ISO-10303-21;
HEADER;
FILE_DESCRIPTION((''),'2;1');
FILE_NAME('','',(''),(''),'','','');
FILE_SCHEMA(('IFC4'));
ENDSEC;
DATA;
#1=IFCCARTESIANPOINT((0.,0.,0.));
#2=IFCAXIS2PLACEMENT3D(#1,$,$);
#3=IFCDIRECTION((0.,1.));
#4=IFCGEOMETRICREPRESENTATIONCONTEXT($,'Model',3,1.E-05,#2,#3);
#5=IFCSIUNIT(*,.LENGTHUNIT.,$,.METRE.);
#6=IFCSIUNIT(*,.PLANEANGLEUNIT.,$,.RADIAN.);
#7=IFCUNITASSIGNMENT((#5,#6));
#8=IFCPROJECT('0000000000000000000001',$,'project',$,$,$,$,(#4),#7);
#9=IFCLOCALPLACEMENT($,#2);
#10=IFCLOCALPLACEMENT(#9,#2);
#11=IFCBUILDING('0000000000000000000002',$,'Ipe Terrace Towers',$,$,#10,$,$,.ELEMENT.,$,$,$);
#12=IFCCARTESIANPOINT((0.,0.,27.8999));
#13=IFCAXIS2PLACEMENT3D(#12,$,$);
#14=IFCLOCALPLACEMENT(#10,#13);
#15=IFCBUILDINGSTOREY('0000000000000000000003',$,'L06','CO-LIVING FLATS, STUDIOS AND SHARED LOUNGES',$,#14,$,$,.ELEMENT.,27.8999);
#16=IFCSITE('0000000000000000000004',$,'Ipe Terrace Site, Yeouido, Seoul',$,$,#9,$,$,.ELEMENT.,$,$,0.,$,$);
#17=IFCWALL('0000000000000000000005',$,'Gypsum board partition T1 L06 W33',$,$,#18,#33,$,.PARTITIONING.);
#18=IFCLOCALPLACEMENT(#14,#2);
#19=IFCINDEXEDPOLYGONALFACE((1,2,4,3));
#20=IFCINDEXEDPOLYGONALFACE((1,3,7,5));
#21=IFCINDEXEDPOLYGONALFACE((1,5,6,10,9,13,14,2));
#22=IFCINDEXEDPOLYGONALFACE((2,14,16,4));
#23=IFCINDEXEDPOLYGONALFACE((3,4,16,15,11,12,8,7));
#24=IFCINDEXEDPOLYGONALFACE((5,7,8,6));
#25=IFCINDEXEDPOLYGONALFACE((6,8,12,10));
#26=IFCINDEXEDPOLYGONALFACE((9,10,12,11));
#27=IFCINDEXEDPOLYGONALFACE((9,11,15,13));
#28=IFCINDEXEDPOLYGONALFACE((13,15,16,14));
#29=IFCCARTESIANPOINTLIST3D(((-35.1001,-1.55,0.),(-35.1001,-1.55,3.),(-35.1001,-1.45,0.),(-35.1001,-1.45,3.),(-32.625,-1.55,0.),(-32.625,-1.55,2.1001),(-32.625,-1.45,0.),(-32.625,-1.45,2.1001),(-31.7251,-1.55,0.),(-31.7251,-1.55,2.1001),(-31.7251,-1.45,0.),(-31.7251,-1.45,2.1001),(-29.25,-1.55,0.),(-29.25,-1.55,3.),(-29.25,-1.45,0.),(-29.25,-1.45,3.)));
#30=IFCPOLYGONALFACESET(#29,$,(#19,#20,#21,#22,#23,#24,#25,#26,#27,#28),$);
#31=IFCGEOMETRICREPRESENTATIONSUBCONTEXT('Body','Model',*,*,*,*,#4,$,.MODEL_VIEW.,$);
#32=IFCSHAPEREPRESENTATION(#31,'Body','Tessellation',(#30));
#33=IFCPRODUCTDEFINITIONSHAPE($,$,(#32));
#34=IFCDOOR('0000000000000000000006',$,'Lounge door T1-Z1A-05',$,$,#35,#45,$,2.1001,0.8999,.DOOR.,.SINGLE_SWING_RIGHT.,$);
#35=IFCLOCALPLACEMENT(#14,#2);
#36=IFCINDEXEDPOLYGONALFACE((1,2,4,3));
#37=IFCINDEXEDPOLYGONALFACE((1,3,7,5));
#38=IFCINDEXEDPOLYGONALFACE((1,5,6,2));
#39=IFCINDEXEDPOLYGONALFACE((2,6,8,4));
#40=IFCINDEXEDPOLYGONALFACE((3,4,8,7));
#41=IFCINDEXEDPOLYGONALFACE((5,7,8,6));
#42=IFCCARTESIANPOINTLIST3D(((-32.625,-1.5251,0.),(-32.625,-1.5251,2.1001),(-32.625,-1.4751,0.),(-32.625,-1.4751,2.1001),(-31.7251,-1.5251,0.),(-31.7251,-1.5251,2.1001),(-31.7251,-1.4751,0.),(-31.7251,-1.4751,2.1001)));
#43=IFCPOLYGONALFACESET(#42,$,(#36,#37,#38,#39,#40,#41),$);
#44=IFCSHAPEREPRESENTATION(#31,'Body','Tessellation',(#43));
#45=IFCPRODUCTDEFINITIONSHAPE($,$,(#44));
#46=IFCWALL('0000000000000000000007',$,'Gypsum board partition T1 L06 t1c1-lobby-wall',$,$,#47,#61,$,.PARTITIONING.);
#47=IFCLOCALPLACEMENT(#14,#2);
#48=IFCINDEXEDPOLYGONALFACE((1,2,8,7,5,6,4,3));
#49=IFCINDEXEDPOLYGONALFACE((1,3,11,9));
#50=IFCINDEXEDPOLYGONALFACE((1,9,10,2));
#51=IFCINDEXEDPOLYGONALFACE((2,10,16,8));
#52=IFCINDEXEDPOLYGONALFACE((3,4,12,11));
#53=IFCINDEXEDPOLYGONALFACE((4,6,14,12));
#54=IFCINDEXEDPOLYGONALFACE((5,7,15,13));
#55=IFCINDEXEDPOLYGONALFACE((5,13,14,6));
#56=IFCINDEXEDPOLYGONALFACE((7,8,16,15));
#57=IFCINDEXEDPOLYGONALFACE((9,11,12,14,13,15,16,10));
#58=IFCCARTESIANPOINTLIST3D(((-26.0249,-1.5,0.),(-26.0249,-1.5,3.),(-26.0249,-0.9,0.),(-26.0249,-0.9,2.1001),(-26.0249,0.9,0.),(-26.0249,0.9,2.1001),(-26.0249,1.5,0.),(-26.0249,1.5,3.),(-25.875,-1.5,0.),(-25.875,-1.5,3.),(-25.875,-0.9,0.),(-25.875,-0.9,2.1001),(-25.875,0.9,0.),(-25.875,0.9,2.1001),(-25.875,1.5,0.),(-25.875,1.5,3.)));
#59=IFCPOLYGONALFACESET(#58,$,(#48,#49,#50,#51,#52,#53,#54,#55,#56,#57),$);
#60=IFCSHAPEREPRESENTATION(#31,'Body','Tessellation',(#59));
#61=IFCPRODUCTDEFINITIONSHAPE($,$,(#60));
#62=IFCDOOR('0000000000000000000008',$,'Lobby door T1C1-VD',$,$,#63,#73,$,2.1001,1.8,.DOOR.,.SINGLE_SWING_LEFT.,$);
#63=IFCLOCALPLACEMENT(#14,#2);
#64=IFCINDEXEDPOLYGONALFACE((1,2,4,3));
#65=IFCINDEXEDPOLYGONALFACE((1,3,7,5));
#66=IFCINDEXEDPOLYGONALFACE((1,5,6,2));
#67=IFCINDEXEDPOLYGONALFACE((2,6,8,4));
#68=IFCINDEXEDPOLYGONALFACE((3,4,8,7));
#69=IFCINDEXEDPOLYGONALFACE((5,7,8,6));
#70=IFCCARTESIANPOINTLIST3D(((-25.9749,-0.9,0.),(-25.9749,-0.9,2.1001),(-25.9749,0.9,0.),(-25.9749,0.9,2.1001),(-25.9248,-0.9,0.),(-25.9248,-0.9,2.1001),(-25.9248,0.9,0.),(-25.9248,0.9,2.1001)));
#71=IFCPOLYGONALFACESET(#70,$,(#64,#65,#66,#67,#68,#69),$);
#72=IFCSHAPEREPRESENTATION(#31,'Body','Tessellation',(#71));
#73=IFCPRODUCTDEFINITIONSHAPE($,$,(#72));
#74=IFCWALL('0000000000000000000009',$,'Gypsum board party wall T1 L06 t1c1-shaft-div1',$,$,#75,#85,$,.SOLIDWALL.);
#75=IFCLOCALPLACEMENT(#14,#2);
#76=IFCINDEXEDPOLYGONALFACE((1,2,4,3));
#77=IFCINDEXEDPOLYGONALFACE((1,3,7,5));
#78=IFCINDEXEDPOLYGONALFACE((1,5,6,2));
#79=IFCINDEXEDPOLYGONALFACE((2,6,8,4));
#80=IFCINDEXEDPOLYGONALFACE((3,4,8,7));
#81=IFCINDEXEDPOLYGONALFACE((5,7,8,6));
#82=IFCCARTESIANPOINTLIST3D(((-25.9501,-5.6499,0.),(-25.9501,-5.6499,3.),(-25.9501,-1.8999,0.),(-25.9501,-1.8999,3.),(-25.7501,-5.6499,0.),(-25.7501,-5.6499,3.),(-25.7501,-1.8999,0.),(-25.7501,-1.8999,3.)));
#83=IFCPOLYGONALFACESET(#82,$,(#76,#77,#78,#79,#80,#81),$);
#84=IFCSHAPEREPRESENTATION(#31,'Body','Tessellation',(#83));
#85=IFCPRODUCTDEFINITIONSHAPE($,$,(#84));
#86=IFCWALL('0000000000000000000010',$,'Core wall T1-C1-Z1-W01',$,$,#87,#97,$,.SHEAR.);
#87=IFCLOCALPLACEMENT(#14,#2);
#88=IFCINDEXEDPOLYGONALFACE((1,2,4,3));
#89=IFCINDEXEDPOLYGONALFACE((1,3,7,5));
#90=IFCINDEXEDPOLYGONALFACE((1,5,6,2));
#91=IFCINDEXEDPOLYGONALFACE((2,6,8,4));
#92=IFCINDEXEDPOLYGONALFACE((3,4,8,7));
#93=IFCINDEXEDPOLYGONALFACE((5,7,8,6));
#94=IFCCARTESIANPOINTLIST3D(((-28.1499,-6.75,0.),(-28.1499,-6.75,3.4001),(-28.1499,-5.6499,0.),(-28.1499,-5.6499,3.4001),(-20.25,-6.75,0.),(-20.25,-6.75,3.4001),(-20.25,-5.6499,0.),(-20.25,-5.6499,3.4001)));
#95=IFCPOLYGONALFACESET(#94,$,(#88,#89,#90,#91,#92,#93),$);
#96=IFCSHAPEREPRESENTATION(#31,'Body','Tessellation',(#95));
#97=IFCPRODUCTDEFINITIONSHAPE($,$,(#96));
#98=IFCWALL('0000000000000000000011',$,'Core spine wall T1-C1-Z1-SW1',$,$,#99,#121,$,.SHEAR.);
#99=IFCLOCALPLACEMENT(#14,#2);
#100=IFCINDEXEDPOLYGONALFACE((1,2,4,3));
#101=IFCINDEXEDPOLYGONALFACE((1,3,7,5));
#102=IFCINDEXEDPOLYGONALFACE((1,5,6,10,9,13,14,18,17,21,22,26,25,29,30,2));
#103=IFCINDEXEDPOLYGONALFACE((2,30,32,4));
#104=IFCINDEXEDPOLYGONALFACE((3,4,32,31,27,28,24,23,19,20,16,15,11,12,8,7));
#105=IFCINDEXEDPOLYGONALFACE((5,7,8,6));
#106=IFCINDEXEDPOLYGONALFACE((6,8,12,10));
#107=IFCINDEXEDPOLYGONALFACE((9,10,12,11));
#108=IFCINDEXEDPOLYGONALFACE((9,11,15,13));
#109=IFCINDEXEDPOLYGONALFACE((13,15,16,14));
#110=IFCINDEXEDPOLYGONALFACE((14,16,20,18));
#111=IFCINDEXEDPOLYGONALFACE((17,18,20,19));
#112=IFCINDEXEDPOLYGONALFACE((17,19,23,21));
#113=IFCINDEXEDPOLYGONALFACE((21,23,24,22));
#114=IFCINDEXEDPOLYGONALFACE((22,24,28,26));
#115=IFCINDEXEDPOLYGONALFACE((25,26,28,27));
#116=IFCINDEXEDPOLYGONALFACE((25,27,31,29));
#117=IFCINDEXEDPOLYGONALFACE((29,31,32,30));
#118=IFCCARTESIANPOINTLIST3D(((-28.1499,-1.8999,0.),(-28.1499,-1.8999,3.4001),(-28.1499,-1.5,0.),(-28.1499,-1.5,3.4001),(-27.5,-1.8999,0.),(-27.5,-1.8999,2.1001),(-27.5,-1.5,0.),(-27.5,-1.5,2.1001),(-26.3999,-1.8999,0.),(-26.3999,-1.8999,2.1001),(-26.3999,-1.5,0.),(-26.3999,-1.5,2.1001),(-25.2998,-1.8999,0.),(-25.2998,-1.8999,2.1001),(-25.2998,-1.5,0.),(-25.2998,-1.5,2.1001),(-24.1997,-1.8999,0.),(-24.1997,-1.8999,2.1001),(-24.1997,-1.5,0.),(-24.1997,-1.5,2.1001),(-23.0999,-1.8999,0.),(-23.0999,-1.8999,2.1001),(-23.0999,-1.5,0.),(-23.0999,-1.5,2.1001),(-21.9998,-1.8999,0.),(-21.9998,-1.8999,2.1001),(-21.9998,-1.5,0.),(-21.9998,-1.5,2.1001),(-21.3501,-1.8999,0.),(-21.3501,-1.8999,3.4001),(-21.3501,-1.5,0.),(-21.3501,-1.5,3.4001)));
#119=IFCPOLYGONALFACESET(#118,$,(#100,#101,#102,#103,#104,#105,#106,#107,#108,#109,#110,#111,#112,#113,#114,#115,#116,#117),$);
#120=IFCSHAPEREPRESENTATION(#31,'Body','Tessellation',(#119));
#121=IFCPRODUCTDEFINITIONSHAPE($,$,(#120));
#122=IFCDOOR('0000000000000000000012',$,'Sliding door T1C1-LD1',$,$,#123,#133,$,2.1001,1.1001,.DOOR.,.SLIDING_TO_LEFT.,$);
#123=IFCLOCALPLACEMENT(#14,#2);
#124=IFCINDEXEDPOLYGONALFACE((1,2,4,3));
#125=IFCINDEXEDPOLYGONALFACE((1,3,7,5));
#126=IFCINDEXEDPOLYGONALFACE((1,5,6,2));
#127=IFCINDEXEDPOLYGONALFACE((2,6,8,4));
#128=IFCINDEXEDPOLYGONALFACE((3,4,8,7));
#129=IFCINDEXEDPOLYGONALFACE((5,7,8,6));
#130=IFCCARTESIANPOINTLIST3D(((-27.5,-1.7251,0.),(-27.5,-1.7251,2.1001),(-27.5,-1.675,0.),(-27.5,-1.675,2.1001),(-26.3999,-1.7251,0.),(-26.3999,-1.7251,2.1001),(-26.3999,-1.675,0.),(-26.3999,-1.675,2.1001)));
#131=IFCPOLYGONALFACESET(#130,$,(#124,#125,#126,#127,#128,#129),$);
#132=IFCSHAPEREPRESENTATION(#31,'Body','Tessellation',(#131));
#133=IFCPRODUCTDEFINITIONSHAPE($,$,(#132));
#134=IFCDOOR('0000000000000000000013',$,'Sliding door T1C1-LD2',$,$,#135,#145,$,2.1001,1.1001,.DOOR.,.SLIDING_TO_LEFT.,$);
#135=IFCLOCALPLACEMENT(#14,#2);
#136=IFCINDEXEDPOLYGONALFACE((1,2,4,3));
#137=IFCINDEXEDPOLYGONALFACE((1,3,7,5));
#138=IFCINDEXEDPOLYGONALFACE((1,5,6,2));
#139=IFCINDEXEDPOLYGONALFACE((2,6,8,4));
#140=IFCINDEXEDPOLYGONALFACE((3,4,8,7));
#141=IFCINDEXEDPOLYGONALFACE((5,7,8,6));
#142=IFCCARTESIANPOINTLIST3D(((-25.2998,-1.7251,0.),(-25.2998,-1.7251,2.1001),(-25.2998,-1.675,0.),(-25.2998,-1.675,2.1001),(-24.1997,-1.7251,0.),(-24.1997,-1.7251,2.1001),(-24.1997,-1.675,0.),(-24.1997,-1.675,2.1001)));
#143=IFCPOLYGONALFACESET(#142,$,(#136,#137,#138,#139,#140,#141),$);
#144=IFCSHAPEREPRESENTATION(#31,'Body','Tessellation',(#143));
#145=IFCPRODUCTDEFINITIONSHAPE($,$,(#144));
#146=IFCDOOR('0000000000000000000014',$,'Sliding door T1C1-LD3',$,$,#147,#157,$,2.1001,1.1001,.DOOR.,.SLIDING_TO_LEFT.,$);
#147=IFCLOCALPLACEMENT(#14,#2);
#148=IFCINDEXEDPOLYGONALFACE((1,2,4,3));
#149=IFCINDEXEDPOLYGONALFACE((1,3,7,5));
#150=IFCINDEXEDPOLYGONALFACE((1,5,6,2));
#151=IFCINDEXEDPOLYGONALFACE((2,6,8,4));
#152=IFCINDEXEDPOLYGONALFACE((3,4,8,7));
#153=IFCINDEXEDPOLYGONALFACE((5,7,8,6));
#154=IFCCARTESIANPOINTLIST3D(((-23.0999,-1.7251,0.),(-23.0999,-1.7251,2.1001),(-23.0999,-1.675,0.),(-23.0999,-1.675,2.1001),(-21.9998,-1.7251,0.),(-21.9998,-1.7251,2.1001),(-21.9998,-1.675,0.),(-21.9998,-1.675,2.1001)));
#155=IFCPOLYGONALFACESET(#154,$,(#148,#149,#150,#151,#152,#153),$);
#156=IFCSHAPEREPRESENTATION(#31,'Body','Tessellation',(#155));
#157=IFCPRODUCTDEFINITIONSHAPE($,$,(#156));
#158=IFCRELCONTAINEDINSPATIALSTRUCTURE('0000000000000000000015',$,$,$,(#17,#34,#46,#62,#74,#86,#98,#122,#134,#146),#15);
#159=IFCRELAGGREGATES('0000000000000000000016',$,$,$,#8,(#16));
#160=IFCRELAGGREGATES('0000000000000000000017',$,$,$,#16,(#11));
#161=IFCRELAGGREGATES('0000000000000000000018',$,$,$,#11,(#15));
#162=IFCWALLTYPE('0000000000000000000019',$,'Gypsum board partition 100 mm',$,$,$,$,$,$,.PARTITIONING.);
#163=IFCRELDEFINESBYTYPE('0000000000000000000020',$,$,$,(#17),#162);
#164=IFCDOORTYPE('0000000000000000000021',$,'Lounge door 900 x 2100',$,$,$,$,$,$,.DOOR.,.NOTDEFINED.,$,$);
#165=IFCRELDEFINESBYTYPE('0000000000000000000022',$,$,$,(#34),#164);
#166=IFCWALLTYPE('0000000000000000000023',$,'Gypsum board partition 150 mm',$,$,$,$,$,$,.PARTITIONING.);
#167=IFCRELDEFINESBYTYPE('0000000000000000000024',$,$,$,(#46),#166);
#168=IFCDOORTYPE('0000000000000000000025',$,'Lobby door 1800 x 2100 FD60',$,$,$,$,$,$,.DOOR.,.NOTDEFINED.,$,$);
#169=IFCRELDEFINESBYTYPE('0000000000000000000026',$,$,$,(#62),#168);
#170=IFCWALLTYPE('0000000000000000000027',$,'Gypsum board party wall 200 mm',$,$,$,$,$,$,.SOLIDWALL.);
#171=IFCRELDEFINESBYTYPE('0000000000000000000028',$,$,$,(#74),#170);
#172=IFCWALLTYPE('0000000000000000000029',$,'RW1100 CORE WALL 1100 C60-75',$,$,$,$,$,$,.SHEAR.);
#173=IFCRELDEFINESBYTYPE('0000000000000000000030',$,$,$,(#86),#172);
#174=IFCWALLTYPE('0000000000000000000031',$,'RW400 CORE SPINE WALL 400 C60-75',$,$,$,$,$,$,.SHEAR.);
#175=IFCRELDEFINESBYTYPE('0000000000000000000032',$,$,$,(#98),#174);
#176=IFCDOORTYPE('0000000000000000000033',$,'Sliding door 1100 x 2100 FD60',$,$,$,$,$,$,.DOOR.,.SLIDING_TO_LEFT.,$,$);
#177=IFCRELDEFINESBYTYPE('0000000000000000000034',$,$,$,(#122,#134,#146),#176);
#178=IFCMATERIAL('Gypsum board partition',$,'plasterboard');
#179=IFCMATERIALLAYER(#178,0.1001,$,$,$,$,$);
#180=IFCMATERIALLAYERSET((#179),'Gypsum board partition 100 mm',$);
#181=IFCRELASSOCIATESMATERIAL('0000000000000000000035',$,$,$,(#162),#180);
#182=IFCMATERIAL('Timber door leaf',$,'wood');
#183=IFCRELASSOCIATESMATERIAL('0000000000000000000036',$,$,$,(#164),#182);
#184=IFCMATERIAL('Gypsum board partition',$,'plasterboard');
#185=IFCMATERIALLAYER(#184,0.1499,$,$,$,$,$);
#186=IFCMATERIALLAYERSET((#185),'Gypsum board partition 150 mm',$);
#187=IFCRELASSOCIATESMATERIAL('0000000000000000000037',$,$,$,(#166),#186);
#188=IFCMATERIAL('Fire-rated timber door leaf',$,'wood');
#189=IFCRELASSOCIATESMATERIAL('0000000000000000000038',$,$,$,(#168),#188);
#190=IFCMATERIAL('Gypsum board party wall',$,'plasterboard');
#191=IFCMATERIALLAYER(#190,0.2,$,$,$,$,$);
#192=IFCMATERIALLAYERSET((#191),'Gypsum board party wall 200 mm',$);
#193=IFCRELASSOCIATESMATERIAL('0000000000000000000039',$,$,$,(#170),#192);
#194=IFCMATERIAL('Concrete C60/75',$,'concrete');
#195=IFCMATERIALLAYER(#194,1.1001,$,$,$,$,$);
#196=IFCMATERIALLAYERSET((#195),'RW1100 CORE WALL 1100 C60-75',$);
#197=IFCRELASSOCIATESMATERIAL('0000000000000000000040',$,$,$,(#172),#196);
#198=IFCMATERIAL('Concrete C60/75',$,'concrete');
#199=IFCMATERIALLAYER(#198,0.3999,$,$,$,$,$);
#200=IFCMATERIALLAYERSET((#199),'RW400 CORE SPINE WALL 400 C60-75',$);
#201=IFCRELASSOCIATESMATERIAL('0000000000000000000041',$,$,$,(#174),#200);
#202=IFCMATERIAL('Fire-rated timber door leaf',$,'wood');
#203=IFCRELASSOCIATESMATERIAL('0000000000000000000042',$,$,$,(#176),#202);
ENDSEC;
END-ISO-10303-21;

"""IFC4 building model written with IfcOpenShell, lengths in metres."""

from ifc_helpers import new_model, si_unit, direction, frame, frame_2d, origin, place, context, subcontext, project, spatial, rectangle, extrude, material, layer, layer_set, type_object, element, fill, save


model = new_model("IFC4")

# Units and contexts
model_context = context("Model", 3, precision=1e-05, world=origin(), true_north=direction((0.0, 1.0)))
body_context = subcontext(model_context, "Body", "Model", "MODEL_VIEW")
ifc_project = project(units=[si_unit("LENGTHUNIT", "METRE"), si_unit("PLANEANGLEUNIT", "RADIAN")], contexts=[model_context])

# Site, building, storey
site_placement = place(None, origin())
site = spatial("IfcSite", under=ifc_project, at=site_placement, Name="Ipe Terrace Site, Yeouido, Seoul", CompositionType="ELEMENT", RefElevation=0.0)
building_placement = place(site_placement, origin())
building = spatial("IfcBuilding", under=site, at=building_placement, Name="Ipe Terrace Towers", CompositionType="ELEMENT")
storey_placement = place(building_placement, frame((0.0, 0.0, 27.8999)))
storey = spatial("IfcBuildingStorey", under=building, at=storey_placement, Name="L06", Description="CO-LIVING FLATS, STUDIOS AND SHARED LOUNGES", CompositionType="ELEMENT", Elevation=27.8999)

# Shared definitions
ifc_material_1 = material(Name="Gypsum board partition", Category="plasterboard")
ifc_layer_1 = layer(ifc_material_1, 0.1001)
ifc_layer_set_1 = layer_set([ifc_layer_1], Name="Gypsum board partition 100 mm")
wall_type_1 = type_object("IfcWallType", Name="Gypsum board partition 100 mm", PredefinedType="PARTITIONING", material=ifc_layer_set_1)

# Walls, openings, doors
wall_1_placement = place(storey_placement, frame((-35.1001, -1.5, 0.0), z_axis=(0.0, 0.0, 1.0), x_axis=(1.0, 0.0, 0.0)))
wall_1 = element("IfcWall", 1, at=wall_1_placement, inside=storey, type_object=wall_type_1, Name="Gypsum board partition T1 L06 W33", PredefinedType="PARTITIONING", context=body_context, shape_type="SweptSolid", body=[
    extrude(rectangle(XDim=5.8501, YDim=0.1001, at=frame_2d((2.925, 0.0))), origin(), (0.0, 0.0, 1.0), 3.0),
])
opening_1_placement = place(wall_1_placement, frame((2.4751, 0.0, 0.0)))
opening_1 = element("IfcOpeningElement", 2, at=opening_1_placement, cuts=wall_1, PredefinedType="OPENING", context=body_context, shape_type="SweptSolid", body=[
    extrude(rectangle(XDim=0.8999, YDim=2.1001, at=frame_2d((0.45, 1.05))), frame((0.0, 0.0601, 0.0), z_axis=(0.0, -1.0, 0.0), x_axis=(1.0, 0.0, 0.0)), (0.0, 0.0, 1.0), 0.1201),
])
ifc_material_2 = material(Name="Timber door leaf", Category="wood")
door_type_1 = type_object("IfcDoorType", Name="Lounge door 900 x 2100", OperationType="NOTDEFINED", PredefinedType="DOOR", material=ifc_material_2)
door_1_placement = place(opening_1_placement, origin())
door_1 = element("IfcDoor", 3, at=door_1_placement, inside=storey, type_object=door_type_1, Name="Lounge door T1-Z1A-05", OperationType="SINGLE_SWING_RIGHT", OverallHeight=2.1001, OverallWidth=0.8999, PredefinedType="DOOR", context=body_context, shape_type="SweptSolid", body=[
    extrude(rectangle(XDim=0.8999, YDim=2.1001, at=frame_2d((0.45, 1.05))), frame((0.0, 0.0249, 0.0), z_axis=(0.0, -1.0, 0.0), x_axis=(1.0, 0.0, 0.0)), (0.0, 0.0, 1.0), 0.05),
])
fill(opening_1, door_1)
ifc_material_3 = material(Name="Gypsum board partition", Category="plasterboard")
ifc_layer_2 = layer(ifc_material_3, 0.1499)
ifc_layer_set_2 = layer_set([ifc_layer_2], Name="Gypsum board partition 150 mm")
wall_type_2 = type_object("IfcWallType", Name="Gypsum board partition 150 mm", PredefinedType="PARTITIONING", material=ifc_layer_set_2)
wall_2_placement = place(storey_placement, frame((-25.95, -1.5, 0.0), z_axis=(0.0, 0.0, 1.0), x_axis=(0.0, 1.0, 0.0)))
wall_2 = element("IfcWall", 4, at=wall_2_placement, inside=storey, type_object=wall_type_2, Name="Gypsum board partition T1 L06 t1c1-lobby-wall", PredefinedType="PARTITIONING", context=body_context, shape_type="SweptSolid", body=[
    extrude(rectangle(XDim=3.0, YDim=0.1499, at=frame_2d((1.5, 0.0))), origin(), (0.0, 0.0, 1.0), 3.0),
])
opening_2_placement = place(wall_2_placement, frame((0.6001, 0.0, 0.0)))
opening_2 = element("IfcOpeningElement", 5, at=opening_2_placement, cuts=wall_2, PredefinedType="OPENING", context=body_context, shape_type="SweptSolid", body=[
    extrude(rectangle(XDim=1.8, YDim=2.1001, at=frame_2d((0.8999, 1.05))), frame((0.0, 0.085, 0.0), z_axis=(0.0, -1.0, 0.0), x_axis=(1.0, 0.0, 0.0)), (0.0, 0.0, 1.0), 0.1699),
])
ifc_material_4 = material(Name="Fire-rated timber door leaf", Category="wood")
door_type_2 = type_object("IfcDoorType", Name="Lobby door 1800 x 2100 FD60", OperationType="NOTDEFINED", PredefinedType="DOOR", material=ifc_material_4)
door_2_placement = place(opening_2_placement, origin())
door_2 = element("IfcDoor", 6, at=door_2_placement, inside=storey, type_object=door_type_2, Name="Lobby door T1C1-VD", OperationType="SINGLE_SWING_LEFT", OverallHeight=2.1001, OverallWidth=1.8, PredefinedType="DOOR", context=body_context, shape_type="SweptSolid", body=[
    extrude(rectangle(XDim=1.8, YDim=2.1001, at=frame_2d((0.8999, 1.05))), frame((0.0, 0.0249, 0.0), z_axis=(0.0, -1.0, 0.0), x_axis=(1.0, 0.0, 0.0)), (0.0, 0.0, 1.0), 0.05),
])
fill(opening_2, door_2)

# Walls
ifc_material_5 = material(Name="Gypsum board party wall", Category="plasterboard")
ifc_layer_3 = layer(ifc_material_5, 0.2)
ifc_layer_set_3 = layer_set([ifc_layer_3], Name="Gypsum board party wall 200 mm")
wall_type_3 = type_object("IfcWallType", Name="Gypsum board party wall 200 mm", PredefinedType="SOLIDWALL", material=ifc_layer_set_3)
wall_3_placement = place(storey_placement, frame((-25.8501, -5.6499, 0.0), z_axis=(0.0, 0.0, 1.0), x_axis=(0.0, 1.0, 0.0)))
element("IfcWall", 7, at=wall_3_placement, inside=storey, type_object=wall_type_3, Name="Gypsum board party wall T1 L06 t1c1-shaft-div1", PredefinedType="SOLIDWALL", context=body_context, shape_type="SweptSolid", body=[
    extrude(rectangle(XDim=3.75, YDim=0.2, at=frame_2d((1.875, 0.0))), origin(), (0.0, 0.0, 1.0), 3.0),
])
ifc_material_6 = material(Name="Concrete C60/75", Category="concrete")
ifc_layer_4 = layer(ifc_material_6, 1.1001)
ifc_layer_set_4 = layer_set([ifc_layer_4], Name="RW1100 CORE WALL 1100 C60-75")
wall_type_4 = type_object("IfcWallType", Name="RW1100 CORE WALL 1100 C60-75", PredefinedType="SHEAR", material=ifc_layer_set_4)
wall_4_placement = place(storey_placement, frame((-28.1499, -6.2, 0.0), z_axis=(0.0, 0.0, 1.0), x_axis=(1.0, 0.0, 0.0)))
element("IfcWall", 8, at=wall_4_placement, inside=storey, type_object=wall_type_4, Name="Core wall T1-C1-Z1-W01", PredefinedType="SHEAR", context=body_context, shape_type="SweptSolid", body=[
    extrude(rectangle(XDim=7.8999, YDim=1.1001, at=frame_2d((3.95, 0.0))), origin(), (0.0, 0.0, 1.0), 3.4001),
])

# Wall, openings, doors
ifc_material_7 = material(Name="Concrete C60/75", Category="concrete")
ifc_layer_5 = layer(ifc_material_7, 0.3999)
ifc_layer_set_5 = layer_set([ifc_layer_5], Name="RW400 CORE SPINE WALL 400 C60-75")
wall_type_5 = type_object("IfcWallType", Name="RW400 CORE SPINE WALL 400 C60-75", PredefinedType="SHEAR", material=ifc_layer_set_5)
wall_5_placement = place(storey_placement, frame((-28.1499, -1.7, 0.0), z_axis=(0.0, 0.0, 1.0), x_axis=(1.0, 0.0, 0.0)))
wall_5 = element("IfcWall", 9, at=wall_5_placement, inside=storey, type_object=wall_type_5, Name="Core spine wall T1-C1-Z1-SW1", PredefinedType="SHEAR", context=body_context, shape_type="SweptSolid", body=[
    extrude(rectangle(XDim=6.7998, YDim=0.3999, at=frame_2d((3.3999, 0.0))), origin(), (0.0, 0.0, 1.0), 3.4001),
])
opening_3_placement = place(wall_5_placement, frame((0.6499, 0.0, 0.0)))
opening_3 = element("IfcOpeningElement", 10, at=opening_3_placement, cuts=wall_5, PredefinedType="OPENING", context=body_context, shape_type="SweptSolid", body=[
    extrude(rectangle(XDim=1.1001, YDim=2.1001, at=frame_2d((0.55, 1.05))), frame((0.0, 0.21, 0.0), z_axis=(0.0, -1.0, 0.0), x_axis=(1.0, 0.0, 0.0)), (0.0, 0.0, 1.0), 0.4199),
])
opening_4_placement = place(wall_5_placement, frame((2.8501, 0.0, 0.0)))
opening_4 = element("IfcOpeningElement", 11, at=opening_4_placement, cuts=wall_5, PredefinedType="OPENING", context=body_context, shape_type="SweptSolid", body=[
    extrude(rectangle(XDim=1.1001, YDim=2.1001, at=frame_2d((0.55, 1.05))), frame((0.0, 0.21, 0.0), z_axis=(0.0, -1.0, 0.0), x_axis=(1.0, 0.0, 0.0)), (0.0, 0.0, 1.0), 0.4199),
])
opening_5_placement = place(wall_5_placement, frame((5.05, 0.0, 0.0)))
opening_5 = element("IfcOpeningElement", 12, at=opening_5_placement, cuts=wall_5, PredefinedType="OPENING", context=body_context, shape_type="SweptSolid", body=[
    extrude(rectangle(XDim=1.1001, YDim=2.1001, at=frame_2d((0.55, 1.05))), frame((0.0, 0.21, 0.0), z_axis=(0.0, -1.0, 0.0), x_axis=(1.0, 0.0, 0.0)), (0.0, 0.0, 1.0), 0.4199),
])
ifc_material_8 = material(Name="Fire-rated timber door leaf", Category="wood")
door_type_3 = type_object("IfcDoorType", Name="Sliding door 1100 x 2100 FD60", OperationType="SLIDING_TO_LEFT", PredefinedType="DOOR", material=ifc_material_8)
door_3_placement = place(opening_3_placement, origin())
door_3 = element("IfcDoor", 13, at=door_3_placement, inside=storey, type_object=door_type_3, Name="Sliding door T1C1-LD1", OperationType="SLIDING_TO_LEFT", OverallHeight=2.1001, OverallWidth=1.1001, PredefinedType="DOOR", context=body_context, shape_type="SweptSolid", body=[
    extrude(rectangle(XDim=1.1001, YDim=2.1001, at=frame_2d((0.55, 1.05))), frame((0.0, 0.0249, 0.0), z_axis=(0.0, -1.0, 0.0), x_axis=(1.0, 0.0, 0.0)), (0.0, 0.0, 1.0), 0.05),
])
fill(opening_3, door_3)
door_4_placement = place(opening_4_placement, origin())
door_4 = element("IfcDoor", 14, at=door_4_placement, inside=storey, type_object=door_type_3, Name="Sliding door T1C1-LD2", OperationType="SLIDING_TO_LEFT", OverallHeight=2.1001, OverallWidth=1.1001, PredefinedType="DOOR", context=body_context, shape_type="SweptSolid", body=[
    extrude(rectangle(XDim=1.1001, YDim=2.1001, at=frame_2d((0.55, 1.05))), frame((0.0, 0.0249, 0.0), z_axis=(0.0, -1.0, 0.0), x_axis=(1.0, 0.0, 0.0)), (0.0, 0.0, 1.0), 0.05),
])
fill(opening_4, door_4)
door_5_placement = place(opening_5_placement, origin())
door_5 = element("IfcDoor", 15, at=door_5_placement, inside=storey, type_object=door_type_3, Name="Sliding door T1C1-LD3", OperationType="SLIDING_TO_LEFT", OverallHeight=2.1001, OverallWidth=1.1001, PredefinedType="DOOR", context=body_context, shape_type="SweptSolid", body=[
    extrude(rectangle(XDim=1.1001, YDim=2.1001, at=frame_2d((0.55, 1.05))), frame((0.0, 0.0249, 0.0), z_axis=(0.0, -1.0, 0.0), x_axis=(1.0, 0.0, 0.0)), (0.0, 0.0, 1.0), 0.05),
])
fill(opening_5, door_5)

save(model, "model.ifc")
